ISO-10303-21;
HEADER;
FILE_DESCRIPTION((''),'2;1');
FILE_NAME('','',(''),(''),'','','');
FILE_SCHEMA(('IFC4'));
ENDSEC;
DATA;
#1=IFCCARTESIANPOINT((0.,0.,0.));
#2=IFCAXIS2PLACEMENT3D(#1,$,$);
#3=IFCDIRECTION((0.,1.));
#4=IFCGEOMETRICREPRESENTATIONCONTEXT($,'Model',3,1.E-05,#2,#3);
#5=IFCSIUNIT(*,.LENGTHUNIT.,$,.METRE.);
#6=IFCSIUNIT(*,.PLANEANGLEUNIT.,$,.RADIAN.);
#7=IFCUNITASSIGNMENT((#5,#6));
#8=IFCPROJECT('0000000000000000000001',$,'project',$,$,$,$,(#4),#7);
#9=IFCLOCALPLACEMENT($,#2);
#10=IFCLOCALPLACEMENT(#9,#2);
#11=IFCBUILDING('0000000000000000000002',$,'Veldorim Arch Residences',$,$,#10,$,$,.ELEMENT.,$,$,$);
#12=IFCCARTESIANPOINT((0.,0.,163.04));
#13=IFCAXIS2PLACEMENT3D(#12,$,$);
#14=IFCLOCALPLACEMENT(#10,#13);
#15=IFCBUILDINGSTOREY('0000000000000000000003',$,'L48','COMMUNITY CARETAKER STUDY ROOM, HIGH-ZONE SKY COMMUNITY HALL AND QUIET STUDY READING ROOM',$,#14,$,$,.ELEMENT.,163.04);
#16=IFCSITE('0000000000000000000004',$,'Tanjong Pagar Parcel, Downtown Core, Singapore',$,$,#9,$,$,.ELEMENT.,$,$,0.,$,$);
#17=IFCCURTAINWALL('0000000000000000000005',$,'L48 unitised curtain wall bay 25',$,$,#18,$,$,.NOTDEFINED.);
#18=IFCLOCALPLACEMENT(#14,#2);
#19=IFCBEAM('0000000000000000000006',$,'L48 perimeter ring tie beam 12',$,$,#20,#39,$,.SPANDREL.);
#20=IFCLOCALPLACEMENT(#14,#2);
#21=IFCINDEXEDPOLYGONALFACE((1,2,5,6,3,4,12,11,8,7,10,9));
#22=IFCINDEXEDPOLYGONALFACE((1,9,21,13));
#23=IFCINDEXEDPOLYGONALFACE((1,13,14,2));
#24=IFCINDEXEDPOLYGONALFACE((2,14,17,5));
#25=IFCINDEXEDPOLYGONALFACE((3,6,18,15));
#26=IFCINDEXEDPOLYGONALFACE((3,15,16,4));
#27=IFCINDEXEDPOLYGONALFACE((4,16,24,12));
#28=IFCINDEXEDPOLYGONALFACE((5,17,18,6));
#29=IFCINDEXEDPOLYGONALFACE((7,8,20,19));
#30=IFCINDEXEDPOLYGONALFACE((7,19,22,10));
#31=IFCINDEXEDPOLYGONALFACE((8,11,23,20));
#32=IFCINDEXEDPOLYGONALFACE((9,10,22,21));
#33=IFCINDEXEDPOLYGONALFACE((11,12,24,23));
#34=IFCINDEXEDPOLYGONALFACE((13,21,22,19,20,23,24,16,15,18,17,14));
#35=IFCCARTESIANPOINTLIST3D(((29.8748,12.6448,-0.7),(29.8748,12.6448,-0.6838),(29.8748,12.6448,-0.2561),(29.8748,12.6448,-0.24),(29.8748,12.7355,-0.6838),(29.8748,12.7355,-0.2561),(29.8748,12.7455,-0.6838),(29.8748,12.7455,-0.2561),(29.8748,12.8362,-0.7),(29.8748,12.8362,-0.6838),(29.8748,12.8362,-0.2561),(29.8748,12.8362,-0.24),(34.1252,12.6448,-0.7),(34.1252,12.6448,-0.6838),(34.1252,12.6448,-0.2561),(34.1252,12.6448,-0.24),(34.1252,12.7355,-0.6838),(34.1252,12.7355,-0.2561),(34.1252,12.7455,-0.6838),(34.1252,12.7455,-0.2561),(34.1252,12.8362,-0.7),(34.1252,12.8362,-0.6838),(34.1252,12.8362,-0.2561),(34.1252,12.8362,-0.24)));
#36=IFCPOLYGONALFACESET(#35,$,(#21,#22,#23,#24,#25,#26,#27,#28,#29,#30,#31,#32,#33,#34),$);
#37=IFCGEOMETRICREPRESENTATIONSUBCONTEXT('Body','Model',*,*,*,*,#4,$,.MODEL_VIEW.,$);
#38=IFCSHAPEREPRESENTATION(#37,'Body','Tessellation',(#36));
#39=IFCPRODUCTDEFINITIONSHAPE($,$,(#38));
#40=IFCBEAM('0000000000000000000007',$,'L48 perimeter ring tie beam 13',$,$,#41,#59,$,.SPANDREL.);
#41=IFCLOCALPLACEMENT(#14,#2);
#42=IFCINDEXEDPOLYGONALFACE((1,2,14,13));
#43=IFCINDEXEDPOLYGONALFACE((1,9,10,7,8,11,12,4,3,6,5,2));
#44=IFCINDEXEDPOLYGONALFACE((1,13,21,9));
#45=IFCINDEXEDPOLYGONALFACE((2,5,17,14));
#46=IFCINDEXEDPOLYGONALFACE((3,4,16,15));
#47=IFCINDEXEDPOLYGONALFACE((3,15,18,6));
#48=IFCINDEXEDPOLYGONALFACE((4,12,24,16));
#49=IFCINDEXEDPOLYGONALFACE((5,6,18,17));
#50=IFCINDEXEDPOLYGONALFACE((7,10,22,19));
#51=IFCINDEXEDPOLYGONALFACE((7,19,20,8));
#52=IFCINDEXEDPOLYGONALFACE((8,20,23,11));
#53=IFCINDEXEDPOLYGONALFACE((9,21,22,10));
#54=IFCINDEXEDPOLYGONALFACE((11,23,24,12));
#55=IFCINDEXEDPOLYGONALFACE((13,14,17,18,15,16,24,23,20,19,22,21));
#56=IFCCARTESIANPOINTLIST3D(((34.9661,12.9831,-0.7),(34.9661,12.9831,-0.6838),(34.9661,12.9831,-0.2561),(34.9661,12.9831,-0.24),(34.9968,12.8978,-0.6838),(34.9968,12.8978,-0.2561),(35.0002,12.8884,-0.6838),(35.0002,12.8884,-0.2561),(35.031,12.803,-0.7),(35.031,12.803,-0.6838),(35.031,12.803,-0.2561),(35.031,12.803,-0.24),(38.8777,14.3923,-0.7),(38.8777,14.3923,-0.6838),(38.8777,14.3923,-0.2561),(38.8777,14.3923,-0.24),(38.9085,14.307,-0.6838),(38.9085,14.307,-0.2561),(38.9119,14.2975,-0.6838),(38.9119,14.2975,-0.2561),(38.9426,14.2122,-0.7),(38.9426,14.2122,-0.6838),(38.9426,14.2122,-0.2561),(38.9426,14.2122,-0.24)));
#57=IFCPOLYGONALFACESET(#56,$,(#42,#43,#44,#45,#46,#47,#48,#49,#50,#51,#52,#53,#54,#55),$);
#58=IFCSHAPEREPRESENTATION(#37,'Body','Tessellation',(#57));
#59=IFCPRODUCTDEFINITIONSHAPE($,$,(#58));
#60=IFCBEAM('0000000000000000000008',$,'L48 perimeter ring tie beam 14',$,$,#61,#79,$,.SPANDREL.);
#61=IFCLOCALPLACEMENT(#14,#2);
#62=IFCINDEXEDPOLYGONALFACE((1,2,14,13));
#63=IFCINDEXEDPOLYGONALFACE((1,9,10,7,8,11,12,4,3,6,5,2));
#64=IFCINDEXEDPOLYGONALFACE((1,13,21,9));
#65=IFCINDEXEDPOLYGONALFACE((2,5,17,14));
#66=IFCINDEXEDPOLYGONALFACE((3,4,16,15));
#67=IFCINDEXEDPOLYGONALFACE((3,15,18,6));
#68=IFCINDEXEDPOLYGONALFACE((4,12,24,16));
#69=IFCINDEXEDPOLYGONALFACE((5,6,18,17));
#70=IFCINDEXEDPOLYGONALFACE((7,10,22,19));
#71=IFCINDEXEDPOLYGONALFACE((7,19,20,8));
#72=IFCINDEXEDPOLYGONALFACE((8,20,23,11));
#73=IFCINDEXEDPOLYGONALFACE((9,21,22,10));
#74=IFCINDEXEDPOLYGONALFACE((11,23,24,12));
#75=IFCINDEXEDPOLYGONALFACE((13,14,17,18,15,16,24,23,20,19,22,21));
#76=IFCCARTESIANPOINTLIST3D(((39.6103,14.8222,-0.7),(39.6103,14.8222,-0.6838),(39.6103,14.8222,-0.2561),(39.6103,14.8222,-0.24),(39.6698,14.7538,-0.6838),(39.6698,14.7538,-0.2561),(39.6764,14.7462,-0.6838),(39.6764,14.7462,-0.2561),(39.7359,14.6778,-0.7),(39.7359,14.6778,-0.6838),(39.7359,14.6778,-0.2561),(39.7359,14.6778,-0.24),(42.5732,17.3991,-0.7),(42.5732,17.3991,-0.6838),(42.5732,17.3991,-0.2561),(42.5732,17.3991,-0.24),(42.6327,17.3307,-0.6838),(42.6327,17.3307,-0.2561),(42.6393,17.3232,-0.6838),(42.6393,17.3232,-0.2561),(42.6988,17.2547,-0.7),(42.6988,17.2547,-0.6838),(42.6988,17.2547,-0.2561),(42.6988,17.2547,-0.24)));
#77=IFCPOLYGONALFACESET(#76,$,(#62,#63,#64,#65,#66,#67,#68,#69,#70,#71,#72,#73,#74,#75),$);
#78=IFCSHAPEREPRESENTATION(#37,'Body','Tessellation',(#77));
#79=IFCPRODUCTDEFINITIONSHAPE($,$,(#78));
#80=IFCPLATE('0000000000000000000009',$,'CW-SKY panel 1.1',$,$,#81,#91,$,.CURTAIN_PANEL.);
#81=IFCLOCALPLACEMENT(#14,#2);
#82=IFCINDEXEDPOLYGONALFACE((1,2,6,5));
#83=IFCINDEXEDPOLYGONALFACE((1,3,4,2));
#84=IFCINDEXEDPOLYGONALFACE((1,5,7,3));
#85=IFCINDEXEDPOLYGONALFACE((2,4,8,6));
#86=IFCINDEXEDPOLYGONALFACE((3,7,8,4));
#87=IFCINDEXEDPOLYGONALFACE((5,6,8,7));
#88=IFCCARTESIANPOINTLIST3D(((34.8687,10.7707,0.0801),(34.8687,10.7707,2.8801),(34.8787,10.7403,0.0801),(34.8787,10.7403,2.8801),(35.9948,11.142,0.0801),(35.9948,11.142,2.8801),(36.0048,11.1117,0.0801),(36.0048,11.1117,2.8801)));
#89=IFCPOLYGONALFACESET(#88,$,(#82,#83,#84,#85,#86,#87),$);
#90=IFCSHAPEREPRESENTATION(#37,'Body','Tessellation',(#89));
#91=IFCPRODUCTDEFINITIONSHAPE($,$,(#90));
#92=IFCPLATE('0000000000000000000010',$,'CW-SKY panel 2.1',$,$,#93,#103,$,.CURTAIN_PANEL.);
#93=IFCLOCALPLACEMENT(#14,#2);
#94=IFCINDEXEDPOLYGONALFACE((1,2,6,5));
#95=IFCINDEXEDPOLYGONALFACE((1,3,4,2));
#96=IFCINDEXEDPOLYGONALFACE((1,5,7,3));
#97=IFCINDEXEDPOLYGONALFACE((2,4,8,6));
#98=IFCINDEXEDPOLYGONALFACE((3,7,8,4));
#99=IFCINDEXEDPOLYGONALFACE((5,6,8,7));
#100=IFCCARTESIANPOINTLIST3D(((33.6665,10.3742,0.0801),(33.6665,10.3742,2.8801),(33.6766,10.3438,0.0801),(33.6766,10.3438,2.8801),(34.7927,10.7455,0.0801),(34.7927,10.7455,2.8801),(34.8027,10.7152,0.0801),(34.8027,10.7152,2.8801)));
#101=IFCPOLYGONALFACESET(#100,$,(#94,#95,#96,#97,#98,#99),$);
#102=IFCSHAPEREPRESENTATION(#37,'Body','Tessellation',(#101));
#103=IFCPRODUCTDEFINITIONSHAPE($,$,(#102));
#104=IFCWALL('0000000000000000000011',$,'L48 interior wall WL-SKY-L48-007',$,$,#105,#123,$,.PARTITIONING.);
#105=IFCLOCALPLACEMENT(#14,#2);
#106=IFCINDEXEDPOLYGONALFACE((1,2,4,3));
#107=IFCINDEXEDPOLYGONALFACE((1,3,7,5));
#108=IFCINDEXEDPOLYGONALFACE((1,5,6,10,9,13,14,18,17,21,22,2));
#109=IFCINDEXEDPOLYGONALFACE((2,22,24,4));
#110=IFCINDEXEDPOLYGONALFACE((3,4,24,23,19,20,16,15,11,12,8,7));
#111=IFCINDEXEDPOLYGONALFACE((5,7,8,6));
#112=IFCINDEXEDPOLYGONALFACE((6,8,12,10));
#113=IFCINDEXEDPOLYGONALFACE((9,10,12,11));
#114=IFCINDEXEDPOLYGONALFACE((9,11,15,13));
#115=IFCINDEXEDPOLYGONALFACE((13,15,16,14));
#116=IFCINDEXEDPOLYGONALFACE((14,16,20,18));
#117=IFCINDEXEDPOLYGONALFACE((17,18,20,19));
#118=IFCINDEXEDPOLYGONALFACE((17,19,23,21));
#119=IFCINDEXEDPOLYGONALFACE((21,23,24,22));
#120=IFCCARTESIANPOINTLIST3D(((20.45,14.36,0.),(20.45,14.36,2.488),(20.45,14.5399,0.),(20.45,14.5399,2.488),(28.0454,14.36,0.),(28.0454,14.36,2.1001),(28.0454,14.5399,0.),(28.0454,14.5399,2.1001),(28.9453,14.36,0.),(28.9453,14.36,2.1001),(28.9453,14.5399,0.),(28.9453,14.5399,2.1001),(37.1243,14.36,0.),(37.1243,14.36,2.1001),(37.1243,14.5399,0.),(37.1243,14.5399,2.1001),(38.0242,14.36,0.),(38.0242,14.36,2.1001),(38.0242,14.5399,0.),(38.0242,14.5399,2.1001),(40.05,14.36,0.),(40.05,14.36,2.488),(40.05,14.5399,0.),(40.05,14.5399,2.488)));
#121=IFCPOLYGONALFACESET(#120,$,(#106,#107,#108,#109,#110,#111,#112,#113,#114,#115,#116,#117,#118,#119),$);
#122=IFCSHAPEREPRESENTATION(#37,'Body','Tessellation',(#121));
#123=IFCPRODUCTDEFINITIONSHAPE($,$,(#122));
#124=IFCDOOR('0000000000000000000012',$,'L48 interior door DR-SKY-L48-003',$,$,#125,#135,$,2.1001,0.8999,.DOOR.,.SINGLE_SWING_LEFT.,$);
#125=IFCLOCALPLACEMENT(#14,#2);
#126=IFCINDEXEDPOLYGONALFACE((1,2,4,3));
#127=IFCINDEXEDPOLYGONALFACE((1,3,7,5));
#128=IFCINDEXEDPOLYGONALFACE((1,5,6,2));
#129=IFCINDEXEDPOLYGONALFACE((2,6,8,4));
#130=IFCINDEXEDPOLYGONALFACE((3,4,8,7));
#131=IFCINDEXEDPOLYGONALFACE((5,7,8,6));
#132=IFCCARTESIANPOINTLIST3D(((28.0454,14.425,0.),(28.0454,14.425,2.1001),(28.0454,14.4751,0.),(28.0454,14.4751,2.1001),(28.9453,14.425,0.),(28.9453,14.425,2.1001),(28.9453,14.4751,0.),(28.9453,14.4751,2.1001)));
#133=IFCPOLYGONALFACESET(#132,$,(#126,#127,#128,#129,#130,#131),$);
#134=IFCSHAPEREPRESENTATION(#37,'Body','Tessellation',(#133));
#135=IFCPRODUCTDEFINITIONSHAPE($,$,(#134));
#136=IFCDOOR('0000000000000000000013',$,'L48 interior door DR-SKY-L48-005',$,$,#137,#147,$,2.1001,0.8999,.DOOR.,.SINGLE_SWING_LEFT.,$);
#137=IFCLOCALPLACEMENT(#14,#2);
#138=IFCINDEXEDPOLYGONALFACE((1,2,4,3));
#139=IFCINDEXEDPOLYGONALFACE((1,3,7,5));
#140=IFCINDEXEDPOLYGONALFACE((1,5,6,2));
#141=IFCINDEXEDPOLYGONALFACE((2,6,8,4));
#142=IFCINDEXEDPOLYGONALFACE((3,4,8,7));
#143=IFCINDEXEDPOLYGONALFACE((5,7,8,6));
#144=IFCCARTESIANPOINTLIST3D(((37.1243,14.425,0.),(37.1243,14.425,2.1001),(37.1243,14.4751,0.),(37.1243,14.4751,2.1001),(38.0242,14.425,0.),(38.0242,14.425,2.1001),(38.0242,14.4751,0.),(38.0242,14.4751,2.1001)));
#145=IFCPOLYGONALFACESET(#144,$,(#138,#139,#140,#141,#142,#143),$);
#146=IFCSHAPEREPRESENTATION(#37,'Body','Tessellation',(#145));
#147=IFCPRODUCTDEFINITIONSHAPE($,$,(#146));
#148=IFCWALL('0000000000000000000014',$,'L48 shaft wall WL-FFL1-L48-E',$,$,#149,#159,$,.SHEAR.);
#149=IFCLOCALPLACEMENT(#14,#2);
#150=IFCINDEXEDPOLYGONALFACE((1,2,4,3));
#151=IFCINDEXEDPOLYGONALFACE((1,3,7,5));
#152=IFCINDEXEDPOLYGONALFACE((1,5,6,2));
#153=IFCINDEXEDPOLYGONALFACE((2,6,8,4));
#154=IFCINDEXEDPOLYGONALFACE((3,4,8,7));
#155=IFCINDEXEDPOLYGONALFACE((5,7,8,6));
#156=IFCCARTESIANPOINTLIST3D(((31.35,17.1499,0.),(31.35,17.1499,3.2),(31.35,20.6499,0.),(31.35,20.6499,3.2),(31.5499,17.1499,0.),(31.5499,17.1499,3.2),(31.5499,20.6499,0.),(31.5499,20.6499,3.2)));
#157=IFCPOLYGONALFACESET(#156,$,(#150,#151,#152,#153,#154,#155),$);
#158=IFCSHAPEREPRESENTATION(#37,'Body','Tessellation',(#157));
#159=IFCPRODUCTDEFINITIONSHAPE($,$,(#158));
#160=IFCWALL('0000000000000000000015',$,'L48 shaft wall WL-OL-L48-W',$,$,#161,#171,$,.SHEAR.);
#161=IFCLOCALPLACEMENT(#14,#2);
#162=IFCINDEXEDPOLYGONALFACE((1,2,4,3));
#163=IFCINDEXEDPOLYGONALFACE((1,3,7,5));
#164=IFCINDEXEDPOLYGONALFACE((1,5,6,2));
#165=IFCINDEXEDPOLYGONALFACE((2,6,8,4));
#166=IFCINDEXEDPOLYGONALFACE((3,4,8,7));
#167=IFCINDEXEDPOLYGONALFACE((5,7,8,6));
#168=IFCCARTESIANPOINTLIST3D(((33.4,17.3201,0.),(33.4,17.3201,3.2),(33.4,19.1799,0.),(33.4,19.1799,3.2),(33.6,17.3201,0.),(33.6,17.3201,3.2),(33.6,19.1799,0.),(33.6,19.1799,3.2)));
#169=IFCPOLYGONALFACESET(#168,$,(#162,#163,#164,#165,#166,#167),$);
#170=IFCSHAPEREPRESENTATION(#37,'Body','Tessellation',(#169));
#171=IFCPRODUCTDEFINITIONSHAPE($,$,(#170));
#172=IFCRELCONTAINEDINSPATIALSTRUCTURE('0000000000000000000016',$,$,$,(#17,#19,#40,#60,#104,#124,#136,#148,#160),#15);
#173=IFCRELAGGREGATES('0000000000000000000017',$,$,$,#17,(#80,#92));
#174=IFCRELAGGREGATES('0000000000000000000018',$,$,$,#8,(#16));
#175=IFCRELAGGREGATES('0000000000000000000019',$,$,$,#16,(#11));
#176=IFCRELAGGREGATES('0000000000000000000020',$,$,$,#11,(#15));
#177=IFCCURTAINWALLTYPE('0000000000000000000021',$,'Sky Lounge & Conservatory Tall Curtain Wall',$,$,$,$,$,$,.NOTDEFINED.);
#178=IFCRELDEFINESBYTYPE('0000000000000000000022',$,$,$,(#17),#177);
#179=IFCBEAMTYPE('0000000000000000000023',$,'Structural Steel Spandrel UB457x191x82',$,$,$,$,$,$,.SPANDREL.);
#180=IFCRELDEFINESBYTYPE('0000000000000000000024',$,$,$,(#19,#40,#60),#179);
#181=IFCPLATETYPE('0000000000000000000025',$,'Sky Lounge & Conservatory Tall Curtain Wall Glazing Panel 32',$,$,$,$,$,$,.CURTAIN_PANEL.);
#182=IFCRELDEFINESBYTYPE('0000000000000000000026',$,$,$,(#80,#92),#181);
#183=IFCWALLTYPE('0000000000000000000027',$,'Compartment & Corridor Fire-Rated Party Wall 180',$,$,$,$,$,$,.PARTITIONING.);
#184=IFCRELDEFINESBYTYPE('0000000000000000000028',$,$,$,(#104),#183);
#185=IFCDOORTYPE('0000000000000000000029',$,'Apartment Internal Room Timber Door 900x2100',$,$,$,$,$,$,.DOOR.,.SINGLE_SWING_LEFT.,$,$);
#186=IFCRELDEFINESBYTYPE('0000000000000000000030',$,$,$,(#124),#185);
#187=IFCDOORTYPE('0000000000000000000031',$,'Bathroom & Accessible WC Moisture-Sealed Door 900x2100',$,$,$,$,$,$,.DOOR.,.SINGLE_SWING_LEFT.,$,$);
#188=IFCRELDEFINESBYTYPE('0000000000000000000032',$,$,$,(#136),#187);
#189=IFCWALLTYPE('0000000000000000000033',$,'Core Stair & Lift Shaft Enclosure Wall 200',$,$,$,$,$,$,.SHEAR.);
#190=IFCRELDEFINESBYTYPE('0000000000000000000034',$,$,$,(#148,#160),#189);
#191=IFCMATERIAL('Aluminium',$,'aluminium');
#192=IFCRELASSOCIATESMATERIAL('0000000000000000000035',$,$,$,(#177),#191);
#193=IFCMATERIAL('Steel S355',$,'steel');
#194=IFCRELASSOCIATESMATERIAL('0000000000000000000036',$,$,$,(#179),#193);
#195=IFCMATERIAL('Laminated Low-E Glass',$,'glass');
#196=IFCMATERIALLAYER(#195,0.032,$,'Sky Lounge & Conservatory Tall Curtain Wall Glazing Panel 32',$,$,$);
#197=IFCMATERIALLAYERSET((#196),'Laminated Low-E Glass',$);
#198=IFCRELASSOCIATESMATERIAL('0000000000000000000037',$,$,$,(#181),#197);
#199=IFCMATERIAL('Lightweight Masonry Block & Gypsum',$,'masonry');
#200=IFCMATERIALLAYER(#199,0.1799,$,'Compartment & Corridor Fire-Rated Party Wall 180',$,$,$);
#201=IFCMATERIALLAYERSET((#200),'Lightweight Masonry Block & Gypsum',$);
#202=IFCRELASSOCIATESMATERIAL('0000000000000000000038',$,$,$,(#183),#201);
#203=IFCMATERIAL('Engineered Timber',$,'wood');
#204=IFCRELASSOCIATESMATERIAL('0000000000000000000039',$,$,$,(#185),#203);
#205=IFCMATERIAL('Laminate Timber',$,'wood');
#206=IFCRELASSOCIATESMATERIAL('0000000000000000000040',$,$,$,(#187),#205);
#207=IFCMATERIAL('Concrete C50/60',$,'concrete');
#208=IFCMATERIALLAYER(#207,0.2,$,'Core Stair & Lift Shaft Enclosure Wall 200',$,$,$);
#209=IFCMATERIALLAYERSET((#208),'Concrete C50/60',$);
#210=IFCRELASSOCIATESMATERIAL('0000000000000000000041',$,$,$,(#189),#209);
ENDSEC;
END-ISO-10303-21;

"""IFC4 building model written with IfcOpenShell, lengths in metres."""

from ifc_helpers import new_model, si_unit, direction, frame, frame_2d, origin, origin_2d, place, context, subcontext, project, spatial, rectangle, i_section, extrude, material, layer, layer_set, material_profile, profile_set, type_object, element, fill, aggregate, save


model = new_model("IFC4")

# Units and contexts
model_context = context("Model", 3, precision=1e-05, world=origin(), true_north=direction((0.0, 1.0)))
body_context = subcontext(model_context, "Body", "Model", "MODEL_VIEW")
ifc_project = project(units=[si_unit("LENGTHUNIT", "METRE"), si_unit("PLANEANGLEUNIT", "RADIAN")], contexts=[model_context])

# Site, building, storey
site_placement = place(None, origin())
site = spatial("IfcSite", under=ifc_project, at=site_placement, Name="Tanjong Pagar Parcel, Downtown Core, Singapore", CompositionType="ELEMENT", RefElevation=0.0)
building_placement = place(site_placement, origin())
building = spatial("IfcBuilding", under=site, at=building_placement, Name="Veldorim Arch Residences", CompositionType="ELEMENT")
storey_placement = place(building_placement, frame((0.0, 0.0, 163.04)))
storey = spatial("IfcBuildingStorey", under=building, at=storey_placement, Name="L48", Description="COMMUNITY CARETAKER STUDY ROOM, HIGH-ZONE SKY COMMUNITY HALL AND QUIET STUDY READING ROOM", CompositionType="ELEMENT", Elevation=163.04)

# Curtain wall
ifc_material_1 = material(Name="Aluminium", Category="aluminium")
curtain_wall_type = type_object("IfcCurtainWallType", Name="Sky Lounge & Conservatory Tall Curtain Wall", PredefinedType="NOTDEFINED", material=ifc_material_1)
curtain_wall_placement = place(storey_placement, origin())
curtain_wall = element("IfcCurtainWall", 1, at=curtain_wall_placement, inside=storey, type_object=curtain_wall_type, Name="L48 unitised curtain wall bay 25", PredefinedType="NOTDEFINED")

# Beams
ifc_material_2 = material(Name="Steel S355", Category="steel")
ifc_material_profile_1 = material_profile(ifc_material_2, i_section(OverallWidth=0.1914, OverallDepth=0.46, WebThickness=0.01, FlangeThickness=0.0161, at=origin_2d()), Name="UB457x191x82")
ifc_profile_set_1 = profile_set([ifc_material_profile_1], Name="Steel S355")
beam_type = type_object("IfcBeamType", Name="Structural Steel Spandrel UB457x191x82", PredefinedType="SPANDREL", material=ifc_profile_set_1)
beam_1_placement = place(storey_placement, frame((29.8748, 12.7405, -0.47), z_axis=(1.0, 0.0, 0.0), x_axis=(0.0, 1.0, 0.0)))
element("IfcBeam", 2, at=beam_1_placement, inside=storey, type_object=beam_type, Name="L48 perimeter ring tie beam 12", PredefinedType="SPANDREL", context=body_context, shape_type="SweptSolid", body=[
    extrude(i_section(OverallWidth=0.1914, OverallDepth=0.46, WebThickness=0.01, FlangeThickness=0.0161, at=origin_2d()), origin(), (0.0, 0.0, 1.0), 4.2505),
])
beam_2_placement = place(storey_placement, frame((34.9985, 12.8931, -0.47), z_axis=(0.940811, 0.338932, 0.0), x_axis=(-0.338932, 0.940811, 0.0)))
element("IfcBeam", 3, at=beam_2_placement, inside=storey, type_object=beam_type, Name="L48 perimeter ring tie beam 13", PredefinedType="SPANDREL", context=body_context, shape_type="SweptSolid", body=[
    extrude(i_section(OverallWidth=0.1914, OverallDepth=0.46, WebThickness=0.01, FlangeThickness=0.0161, at=origin_2d()), origin(), (0.0, 0.0, 1.0), 4.1577),
])
beam_3_placement = place(storey_placement, frame((39.6731, 14.75, -0.47), z_axis=(0.754545, 0.656248, 0.0), x_axis=(-0.656248, 0.754545, 0.0)))
element("IfcBeam", 4, at=beam_3_placement, inside=storey, type_object=beam_type, Name="L48 perimeter ring tie beam 14", PredefinedType="SPANDREL", context=body_context, shape_type="SweptSolid", body=[
    extrude(i_section(OverallWidth=0.1914, OverallDepth=0.46, WebThickness=0.01, FlangeThickness=0.0161, at=origin_2d()), origin(), (0.0, 0.0, 1.0), 3.9268),
])

# Plates
ifc_material_3 = material(Name="Laminated Low-E Glass", Category="glass")
ifc_layer_1 = layer(ifc_material_3, 0.032, Name="Sky Lounge & Conservatory Tall Curtain Wall Glazing Panel 32")
ifc_layer_set_1 = layer_set([ifc_layer_1], Name="Laminated Low-E Glass")
plate_type = type_object("IfcPlateType", Name="Sky Lounge & Conservatory Tall Curtain Wall Glazing Panel 32", PredefinedType="CURTAIN_PANEL", material=ifc_layer_set_1)
plate_1_placement = place(storey_placement, frame((35.4368, 10.9412, 0.0801), z_axis=(0.0, 0.0, 1.0), x_axis=(-0.949693, -0.313182, 0.0)))
plate_1 = element("IfcPlate", 5, at=plate_1_placement, type_object=plate_type, Name="CW-SKY panel 1.1", PredefinedType="CURTAIN_PANEL", context=body_context, shape_type="SweptSolid", body=[
    extrude(rectangle(XDim=1.1858, YDim=0.032, at=origin_2d()), origin(), (0.0, 0.0, 1.0), 2.8),
])
plate_2_placement = place(storey_placement, frame((34.2346, 10.5447, 0.0801), z_axis=(0.0, 0.0, 1.0), x_axis=(-0.949693, -0.313182, 0.0)))
plate_2 = element("IfcPlate", 6, at=plate_2_placement, type_object=plate_type, Name="CW-SKY panel 2.1", PredefinedType="CURTAIN_PANEL", context=body_context, shape_type="SweptSolid", body=[
    extrude(rectangle(XDim=1.1858, YDim=0.032, at=origin_2d()), origin(), (0.0, 0.0, 1.0), 2.8),
])
aggregate(curtain_wall, [plate_1, plate_2])

# Wall, openings, doors
ifc_material_4 = material(Name="Lightweight Masonry Block & Gypsum", Category="masonry")
ifc_layer_2 = layer(ifc_material_4, 0.1799, Name="Compartment & Corridor Fire-Rated Party Wall 180")
ifc_layer_set_2 = layer_set([ifc_layer_2], Name="Lightweight Masonry Block & Gypsum")
wall_type_1 = type_object("IfcWallType", Name="Compartment & Corridor Fire-Rated Party Wall 180", PredefinedType="PARTITIONING", material=ifc_layer_set_2)
wall_1_placement = place(storey_placement, frame((40.05, 14.45, 0.0), z_axis=(0.0, 0.0, 1.0), x_axis=(-1.0, 0.0, 0.0)))
wall_1 = element("IfcWall", 7, at=wall_1_placement, inside=storey, type_object=wall_type_1, Name="L48 interior wall WL-SKY-L48-007", PredefinedType="PARTITIONING", context=body_context, shape_type="SweptSolid", body=[
    extrude(rectangle(XDim=19.6001, YDim=0.1799, at=frame_2d((9.8, 0.0))), origin(), (0.0, 0.0, 1.0), 2.488),
])
opening_1_placement = place(wall_1_placement, frame((11.1047, 0.0, 0.0)))
opening_1 = element("IfcOpeningElement", 8, at=opening_1_placement, cuts=wall_1, PredefinedType="OPENING", context=body_context, shape_type="SweptSolid", body=[
    extrude(rectangle(XDim=0.8999, YDim=2.1001, at=frame_2d((0.45, 1.05))), frame((0.0, 0.0999, 0.0), z_axis=(0.0, -1.0, 0.0), x_axis=(1.0, 0.0, 0.0)), (0.0, 0.0, 1.0), 0.2),
])
opening_2_placement = place(wall_1_placement, frame((2.0259, 0.0, 0.0)))
opening_2 = element("IfcOpeningElement", 9, at=opening_2_placement, cuts=wall_1, PredefinedType="OPENING", context=body_context, shape_type="SweptSolid", body=[
    extrude(rectangle(XDim=0.8999, YDim=2.1001, at=frame_2d((0.45, 1.05))), frame((0.0, 0.0999, 0.0), z_axis=(0.0, -1.0, 0.0), x_axis=(1.0, 0.0, 0.0)), (0.0, 0.0, 1.0), 0.2),
])
ifc_material_5 = material(Name="Engineered Timber", Category="wood")
door_type_1 = type_object("IfcDoorType", Name="Apartment Internal Room Timber Door 900x2100", OperationType="SINGLE_SWING_LEFT", PredefinedType="DOOR", material=ifc_material_5)
door_1_placement = place(opening_1_placement, origin())
door_1 = element("IfcDoor", 10, at=door_1_placement, inside=storey, type_object=door_type_1, Name="L48 interior door DR-SKY-L48-003", OperationType="SINGLE_SWING_LEFT", OverallHeight=2.1001, OverallWidth=0.8999, PredefinedType="DOOR", context=body_context, shape_type="SweptSolid", body=[
    extrude(rectangle(XDim=0.8999, YDim=2.1001, at=frame_2d((0.45, 1.05))), frame((0.0, 0.0249, 0.0), z_axis=(0.0, -1.0, 0.0), x_axis=(1.0, 0.0, 0.0)), (0.0, 0.0, 1.0), 0.05),
])
fill(opening_1, door_1)
ifc_material_6 = material(Name="Laminate Timber", Category="wood")
door_type_2 = type_object("IfcDoorType", Name="Bathroom & Accessible WC Moisture-Sealed Door 900x2100", OperationType="SINGLE_SWING_LEFT", PredefinedType="DOOR", material=ifc_material_6)
door_2_placement = place(opening_2_placement, origin())
door_2 = element("IfcDoor", 11, at=door_2_placement, inside=storey, type_object=door_type_2, Name="L48 interior door DR-SKY-L48-005", OperationType="SINGLE_SWING_LEFT", OverallHeight=2.1001, OverallWidth=0.8999, PredefinedType="DOOR", context=body_context, shape_type="SweptSolid", body=[
    extrude(rectangle(XDim=0.8999, YDim=2.1001, at=frame_2d((0.45, 1.05))), frame((0.0, 0.0249, 0.0), z_axis=(0.0, -1.0, 0.0), x_axis=(1.0, 0.0, 0.0)), (0.0, 0.0, 1.0), 0.05),
])
fill(opening_2, door_2)

# Walls
ifc_material_7 = material(Name="Concrete C50/60", Category="concrete")
ifc_layer_3 = layer(ifc_material_7, 0.2, Name="Core Stair & Lift Shaft Enclosure Wall 200")
ifc_layer_set_3 = layer_set([ifc_layer_3], Name="Concrete C50/60")
wall_type_2 = type_object("IfcWallType", Name="Core Stair & Lift Shaft Enclosure Wall 200", PredefinedType="SHEAR", material=ifc_layer_set_3)
wall_2_placement = place(storey_placement, frame((31.45, 17.1499, 0.0), z_axis=(0.0, 0.0, 1.0), x_axis=(0.0, 1.0, 0.0)))
element("IfcWall", 12, at=wall_2_placement, inside=storey, type_object=wall_type_2, Name="L48 shaft wall WL-FFL1-L48-E", PredefinedType="SHEAR", context=body_context, shape_type="SweptSolid", body=[
    extrude(rectangle(XDim=3.5, YDim=0.2, at=frame_2d((1.75, 0.0))), origin(), (0.0, 0.0, 1.0), 3.2),
])
wall_3_placement = place(storey_placement, frame((33.5, 17.3201, 0.0), z_axis=(0.0, 0.0, 1.0), x_axis=(0.0, 1.0, 0.0)))
element("IfcWall", 13, at=wall_3_placement, inside=storey, type_object=wall_type_2, Name="L48 shaft wall WL-OL-L48-W", PredefinedType="SHEAR", context=body_context, shape_type="SweptSolid", body=[
    extrude(rectangle(XDim=1.8599, YDim=0.2, at=frame_2d((0.9299, 0.0))), origin(), (0.0, 0.0, 1.0), 3.2),
])

save(model, "model.ifc")
